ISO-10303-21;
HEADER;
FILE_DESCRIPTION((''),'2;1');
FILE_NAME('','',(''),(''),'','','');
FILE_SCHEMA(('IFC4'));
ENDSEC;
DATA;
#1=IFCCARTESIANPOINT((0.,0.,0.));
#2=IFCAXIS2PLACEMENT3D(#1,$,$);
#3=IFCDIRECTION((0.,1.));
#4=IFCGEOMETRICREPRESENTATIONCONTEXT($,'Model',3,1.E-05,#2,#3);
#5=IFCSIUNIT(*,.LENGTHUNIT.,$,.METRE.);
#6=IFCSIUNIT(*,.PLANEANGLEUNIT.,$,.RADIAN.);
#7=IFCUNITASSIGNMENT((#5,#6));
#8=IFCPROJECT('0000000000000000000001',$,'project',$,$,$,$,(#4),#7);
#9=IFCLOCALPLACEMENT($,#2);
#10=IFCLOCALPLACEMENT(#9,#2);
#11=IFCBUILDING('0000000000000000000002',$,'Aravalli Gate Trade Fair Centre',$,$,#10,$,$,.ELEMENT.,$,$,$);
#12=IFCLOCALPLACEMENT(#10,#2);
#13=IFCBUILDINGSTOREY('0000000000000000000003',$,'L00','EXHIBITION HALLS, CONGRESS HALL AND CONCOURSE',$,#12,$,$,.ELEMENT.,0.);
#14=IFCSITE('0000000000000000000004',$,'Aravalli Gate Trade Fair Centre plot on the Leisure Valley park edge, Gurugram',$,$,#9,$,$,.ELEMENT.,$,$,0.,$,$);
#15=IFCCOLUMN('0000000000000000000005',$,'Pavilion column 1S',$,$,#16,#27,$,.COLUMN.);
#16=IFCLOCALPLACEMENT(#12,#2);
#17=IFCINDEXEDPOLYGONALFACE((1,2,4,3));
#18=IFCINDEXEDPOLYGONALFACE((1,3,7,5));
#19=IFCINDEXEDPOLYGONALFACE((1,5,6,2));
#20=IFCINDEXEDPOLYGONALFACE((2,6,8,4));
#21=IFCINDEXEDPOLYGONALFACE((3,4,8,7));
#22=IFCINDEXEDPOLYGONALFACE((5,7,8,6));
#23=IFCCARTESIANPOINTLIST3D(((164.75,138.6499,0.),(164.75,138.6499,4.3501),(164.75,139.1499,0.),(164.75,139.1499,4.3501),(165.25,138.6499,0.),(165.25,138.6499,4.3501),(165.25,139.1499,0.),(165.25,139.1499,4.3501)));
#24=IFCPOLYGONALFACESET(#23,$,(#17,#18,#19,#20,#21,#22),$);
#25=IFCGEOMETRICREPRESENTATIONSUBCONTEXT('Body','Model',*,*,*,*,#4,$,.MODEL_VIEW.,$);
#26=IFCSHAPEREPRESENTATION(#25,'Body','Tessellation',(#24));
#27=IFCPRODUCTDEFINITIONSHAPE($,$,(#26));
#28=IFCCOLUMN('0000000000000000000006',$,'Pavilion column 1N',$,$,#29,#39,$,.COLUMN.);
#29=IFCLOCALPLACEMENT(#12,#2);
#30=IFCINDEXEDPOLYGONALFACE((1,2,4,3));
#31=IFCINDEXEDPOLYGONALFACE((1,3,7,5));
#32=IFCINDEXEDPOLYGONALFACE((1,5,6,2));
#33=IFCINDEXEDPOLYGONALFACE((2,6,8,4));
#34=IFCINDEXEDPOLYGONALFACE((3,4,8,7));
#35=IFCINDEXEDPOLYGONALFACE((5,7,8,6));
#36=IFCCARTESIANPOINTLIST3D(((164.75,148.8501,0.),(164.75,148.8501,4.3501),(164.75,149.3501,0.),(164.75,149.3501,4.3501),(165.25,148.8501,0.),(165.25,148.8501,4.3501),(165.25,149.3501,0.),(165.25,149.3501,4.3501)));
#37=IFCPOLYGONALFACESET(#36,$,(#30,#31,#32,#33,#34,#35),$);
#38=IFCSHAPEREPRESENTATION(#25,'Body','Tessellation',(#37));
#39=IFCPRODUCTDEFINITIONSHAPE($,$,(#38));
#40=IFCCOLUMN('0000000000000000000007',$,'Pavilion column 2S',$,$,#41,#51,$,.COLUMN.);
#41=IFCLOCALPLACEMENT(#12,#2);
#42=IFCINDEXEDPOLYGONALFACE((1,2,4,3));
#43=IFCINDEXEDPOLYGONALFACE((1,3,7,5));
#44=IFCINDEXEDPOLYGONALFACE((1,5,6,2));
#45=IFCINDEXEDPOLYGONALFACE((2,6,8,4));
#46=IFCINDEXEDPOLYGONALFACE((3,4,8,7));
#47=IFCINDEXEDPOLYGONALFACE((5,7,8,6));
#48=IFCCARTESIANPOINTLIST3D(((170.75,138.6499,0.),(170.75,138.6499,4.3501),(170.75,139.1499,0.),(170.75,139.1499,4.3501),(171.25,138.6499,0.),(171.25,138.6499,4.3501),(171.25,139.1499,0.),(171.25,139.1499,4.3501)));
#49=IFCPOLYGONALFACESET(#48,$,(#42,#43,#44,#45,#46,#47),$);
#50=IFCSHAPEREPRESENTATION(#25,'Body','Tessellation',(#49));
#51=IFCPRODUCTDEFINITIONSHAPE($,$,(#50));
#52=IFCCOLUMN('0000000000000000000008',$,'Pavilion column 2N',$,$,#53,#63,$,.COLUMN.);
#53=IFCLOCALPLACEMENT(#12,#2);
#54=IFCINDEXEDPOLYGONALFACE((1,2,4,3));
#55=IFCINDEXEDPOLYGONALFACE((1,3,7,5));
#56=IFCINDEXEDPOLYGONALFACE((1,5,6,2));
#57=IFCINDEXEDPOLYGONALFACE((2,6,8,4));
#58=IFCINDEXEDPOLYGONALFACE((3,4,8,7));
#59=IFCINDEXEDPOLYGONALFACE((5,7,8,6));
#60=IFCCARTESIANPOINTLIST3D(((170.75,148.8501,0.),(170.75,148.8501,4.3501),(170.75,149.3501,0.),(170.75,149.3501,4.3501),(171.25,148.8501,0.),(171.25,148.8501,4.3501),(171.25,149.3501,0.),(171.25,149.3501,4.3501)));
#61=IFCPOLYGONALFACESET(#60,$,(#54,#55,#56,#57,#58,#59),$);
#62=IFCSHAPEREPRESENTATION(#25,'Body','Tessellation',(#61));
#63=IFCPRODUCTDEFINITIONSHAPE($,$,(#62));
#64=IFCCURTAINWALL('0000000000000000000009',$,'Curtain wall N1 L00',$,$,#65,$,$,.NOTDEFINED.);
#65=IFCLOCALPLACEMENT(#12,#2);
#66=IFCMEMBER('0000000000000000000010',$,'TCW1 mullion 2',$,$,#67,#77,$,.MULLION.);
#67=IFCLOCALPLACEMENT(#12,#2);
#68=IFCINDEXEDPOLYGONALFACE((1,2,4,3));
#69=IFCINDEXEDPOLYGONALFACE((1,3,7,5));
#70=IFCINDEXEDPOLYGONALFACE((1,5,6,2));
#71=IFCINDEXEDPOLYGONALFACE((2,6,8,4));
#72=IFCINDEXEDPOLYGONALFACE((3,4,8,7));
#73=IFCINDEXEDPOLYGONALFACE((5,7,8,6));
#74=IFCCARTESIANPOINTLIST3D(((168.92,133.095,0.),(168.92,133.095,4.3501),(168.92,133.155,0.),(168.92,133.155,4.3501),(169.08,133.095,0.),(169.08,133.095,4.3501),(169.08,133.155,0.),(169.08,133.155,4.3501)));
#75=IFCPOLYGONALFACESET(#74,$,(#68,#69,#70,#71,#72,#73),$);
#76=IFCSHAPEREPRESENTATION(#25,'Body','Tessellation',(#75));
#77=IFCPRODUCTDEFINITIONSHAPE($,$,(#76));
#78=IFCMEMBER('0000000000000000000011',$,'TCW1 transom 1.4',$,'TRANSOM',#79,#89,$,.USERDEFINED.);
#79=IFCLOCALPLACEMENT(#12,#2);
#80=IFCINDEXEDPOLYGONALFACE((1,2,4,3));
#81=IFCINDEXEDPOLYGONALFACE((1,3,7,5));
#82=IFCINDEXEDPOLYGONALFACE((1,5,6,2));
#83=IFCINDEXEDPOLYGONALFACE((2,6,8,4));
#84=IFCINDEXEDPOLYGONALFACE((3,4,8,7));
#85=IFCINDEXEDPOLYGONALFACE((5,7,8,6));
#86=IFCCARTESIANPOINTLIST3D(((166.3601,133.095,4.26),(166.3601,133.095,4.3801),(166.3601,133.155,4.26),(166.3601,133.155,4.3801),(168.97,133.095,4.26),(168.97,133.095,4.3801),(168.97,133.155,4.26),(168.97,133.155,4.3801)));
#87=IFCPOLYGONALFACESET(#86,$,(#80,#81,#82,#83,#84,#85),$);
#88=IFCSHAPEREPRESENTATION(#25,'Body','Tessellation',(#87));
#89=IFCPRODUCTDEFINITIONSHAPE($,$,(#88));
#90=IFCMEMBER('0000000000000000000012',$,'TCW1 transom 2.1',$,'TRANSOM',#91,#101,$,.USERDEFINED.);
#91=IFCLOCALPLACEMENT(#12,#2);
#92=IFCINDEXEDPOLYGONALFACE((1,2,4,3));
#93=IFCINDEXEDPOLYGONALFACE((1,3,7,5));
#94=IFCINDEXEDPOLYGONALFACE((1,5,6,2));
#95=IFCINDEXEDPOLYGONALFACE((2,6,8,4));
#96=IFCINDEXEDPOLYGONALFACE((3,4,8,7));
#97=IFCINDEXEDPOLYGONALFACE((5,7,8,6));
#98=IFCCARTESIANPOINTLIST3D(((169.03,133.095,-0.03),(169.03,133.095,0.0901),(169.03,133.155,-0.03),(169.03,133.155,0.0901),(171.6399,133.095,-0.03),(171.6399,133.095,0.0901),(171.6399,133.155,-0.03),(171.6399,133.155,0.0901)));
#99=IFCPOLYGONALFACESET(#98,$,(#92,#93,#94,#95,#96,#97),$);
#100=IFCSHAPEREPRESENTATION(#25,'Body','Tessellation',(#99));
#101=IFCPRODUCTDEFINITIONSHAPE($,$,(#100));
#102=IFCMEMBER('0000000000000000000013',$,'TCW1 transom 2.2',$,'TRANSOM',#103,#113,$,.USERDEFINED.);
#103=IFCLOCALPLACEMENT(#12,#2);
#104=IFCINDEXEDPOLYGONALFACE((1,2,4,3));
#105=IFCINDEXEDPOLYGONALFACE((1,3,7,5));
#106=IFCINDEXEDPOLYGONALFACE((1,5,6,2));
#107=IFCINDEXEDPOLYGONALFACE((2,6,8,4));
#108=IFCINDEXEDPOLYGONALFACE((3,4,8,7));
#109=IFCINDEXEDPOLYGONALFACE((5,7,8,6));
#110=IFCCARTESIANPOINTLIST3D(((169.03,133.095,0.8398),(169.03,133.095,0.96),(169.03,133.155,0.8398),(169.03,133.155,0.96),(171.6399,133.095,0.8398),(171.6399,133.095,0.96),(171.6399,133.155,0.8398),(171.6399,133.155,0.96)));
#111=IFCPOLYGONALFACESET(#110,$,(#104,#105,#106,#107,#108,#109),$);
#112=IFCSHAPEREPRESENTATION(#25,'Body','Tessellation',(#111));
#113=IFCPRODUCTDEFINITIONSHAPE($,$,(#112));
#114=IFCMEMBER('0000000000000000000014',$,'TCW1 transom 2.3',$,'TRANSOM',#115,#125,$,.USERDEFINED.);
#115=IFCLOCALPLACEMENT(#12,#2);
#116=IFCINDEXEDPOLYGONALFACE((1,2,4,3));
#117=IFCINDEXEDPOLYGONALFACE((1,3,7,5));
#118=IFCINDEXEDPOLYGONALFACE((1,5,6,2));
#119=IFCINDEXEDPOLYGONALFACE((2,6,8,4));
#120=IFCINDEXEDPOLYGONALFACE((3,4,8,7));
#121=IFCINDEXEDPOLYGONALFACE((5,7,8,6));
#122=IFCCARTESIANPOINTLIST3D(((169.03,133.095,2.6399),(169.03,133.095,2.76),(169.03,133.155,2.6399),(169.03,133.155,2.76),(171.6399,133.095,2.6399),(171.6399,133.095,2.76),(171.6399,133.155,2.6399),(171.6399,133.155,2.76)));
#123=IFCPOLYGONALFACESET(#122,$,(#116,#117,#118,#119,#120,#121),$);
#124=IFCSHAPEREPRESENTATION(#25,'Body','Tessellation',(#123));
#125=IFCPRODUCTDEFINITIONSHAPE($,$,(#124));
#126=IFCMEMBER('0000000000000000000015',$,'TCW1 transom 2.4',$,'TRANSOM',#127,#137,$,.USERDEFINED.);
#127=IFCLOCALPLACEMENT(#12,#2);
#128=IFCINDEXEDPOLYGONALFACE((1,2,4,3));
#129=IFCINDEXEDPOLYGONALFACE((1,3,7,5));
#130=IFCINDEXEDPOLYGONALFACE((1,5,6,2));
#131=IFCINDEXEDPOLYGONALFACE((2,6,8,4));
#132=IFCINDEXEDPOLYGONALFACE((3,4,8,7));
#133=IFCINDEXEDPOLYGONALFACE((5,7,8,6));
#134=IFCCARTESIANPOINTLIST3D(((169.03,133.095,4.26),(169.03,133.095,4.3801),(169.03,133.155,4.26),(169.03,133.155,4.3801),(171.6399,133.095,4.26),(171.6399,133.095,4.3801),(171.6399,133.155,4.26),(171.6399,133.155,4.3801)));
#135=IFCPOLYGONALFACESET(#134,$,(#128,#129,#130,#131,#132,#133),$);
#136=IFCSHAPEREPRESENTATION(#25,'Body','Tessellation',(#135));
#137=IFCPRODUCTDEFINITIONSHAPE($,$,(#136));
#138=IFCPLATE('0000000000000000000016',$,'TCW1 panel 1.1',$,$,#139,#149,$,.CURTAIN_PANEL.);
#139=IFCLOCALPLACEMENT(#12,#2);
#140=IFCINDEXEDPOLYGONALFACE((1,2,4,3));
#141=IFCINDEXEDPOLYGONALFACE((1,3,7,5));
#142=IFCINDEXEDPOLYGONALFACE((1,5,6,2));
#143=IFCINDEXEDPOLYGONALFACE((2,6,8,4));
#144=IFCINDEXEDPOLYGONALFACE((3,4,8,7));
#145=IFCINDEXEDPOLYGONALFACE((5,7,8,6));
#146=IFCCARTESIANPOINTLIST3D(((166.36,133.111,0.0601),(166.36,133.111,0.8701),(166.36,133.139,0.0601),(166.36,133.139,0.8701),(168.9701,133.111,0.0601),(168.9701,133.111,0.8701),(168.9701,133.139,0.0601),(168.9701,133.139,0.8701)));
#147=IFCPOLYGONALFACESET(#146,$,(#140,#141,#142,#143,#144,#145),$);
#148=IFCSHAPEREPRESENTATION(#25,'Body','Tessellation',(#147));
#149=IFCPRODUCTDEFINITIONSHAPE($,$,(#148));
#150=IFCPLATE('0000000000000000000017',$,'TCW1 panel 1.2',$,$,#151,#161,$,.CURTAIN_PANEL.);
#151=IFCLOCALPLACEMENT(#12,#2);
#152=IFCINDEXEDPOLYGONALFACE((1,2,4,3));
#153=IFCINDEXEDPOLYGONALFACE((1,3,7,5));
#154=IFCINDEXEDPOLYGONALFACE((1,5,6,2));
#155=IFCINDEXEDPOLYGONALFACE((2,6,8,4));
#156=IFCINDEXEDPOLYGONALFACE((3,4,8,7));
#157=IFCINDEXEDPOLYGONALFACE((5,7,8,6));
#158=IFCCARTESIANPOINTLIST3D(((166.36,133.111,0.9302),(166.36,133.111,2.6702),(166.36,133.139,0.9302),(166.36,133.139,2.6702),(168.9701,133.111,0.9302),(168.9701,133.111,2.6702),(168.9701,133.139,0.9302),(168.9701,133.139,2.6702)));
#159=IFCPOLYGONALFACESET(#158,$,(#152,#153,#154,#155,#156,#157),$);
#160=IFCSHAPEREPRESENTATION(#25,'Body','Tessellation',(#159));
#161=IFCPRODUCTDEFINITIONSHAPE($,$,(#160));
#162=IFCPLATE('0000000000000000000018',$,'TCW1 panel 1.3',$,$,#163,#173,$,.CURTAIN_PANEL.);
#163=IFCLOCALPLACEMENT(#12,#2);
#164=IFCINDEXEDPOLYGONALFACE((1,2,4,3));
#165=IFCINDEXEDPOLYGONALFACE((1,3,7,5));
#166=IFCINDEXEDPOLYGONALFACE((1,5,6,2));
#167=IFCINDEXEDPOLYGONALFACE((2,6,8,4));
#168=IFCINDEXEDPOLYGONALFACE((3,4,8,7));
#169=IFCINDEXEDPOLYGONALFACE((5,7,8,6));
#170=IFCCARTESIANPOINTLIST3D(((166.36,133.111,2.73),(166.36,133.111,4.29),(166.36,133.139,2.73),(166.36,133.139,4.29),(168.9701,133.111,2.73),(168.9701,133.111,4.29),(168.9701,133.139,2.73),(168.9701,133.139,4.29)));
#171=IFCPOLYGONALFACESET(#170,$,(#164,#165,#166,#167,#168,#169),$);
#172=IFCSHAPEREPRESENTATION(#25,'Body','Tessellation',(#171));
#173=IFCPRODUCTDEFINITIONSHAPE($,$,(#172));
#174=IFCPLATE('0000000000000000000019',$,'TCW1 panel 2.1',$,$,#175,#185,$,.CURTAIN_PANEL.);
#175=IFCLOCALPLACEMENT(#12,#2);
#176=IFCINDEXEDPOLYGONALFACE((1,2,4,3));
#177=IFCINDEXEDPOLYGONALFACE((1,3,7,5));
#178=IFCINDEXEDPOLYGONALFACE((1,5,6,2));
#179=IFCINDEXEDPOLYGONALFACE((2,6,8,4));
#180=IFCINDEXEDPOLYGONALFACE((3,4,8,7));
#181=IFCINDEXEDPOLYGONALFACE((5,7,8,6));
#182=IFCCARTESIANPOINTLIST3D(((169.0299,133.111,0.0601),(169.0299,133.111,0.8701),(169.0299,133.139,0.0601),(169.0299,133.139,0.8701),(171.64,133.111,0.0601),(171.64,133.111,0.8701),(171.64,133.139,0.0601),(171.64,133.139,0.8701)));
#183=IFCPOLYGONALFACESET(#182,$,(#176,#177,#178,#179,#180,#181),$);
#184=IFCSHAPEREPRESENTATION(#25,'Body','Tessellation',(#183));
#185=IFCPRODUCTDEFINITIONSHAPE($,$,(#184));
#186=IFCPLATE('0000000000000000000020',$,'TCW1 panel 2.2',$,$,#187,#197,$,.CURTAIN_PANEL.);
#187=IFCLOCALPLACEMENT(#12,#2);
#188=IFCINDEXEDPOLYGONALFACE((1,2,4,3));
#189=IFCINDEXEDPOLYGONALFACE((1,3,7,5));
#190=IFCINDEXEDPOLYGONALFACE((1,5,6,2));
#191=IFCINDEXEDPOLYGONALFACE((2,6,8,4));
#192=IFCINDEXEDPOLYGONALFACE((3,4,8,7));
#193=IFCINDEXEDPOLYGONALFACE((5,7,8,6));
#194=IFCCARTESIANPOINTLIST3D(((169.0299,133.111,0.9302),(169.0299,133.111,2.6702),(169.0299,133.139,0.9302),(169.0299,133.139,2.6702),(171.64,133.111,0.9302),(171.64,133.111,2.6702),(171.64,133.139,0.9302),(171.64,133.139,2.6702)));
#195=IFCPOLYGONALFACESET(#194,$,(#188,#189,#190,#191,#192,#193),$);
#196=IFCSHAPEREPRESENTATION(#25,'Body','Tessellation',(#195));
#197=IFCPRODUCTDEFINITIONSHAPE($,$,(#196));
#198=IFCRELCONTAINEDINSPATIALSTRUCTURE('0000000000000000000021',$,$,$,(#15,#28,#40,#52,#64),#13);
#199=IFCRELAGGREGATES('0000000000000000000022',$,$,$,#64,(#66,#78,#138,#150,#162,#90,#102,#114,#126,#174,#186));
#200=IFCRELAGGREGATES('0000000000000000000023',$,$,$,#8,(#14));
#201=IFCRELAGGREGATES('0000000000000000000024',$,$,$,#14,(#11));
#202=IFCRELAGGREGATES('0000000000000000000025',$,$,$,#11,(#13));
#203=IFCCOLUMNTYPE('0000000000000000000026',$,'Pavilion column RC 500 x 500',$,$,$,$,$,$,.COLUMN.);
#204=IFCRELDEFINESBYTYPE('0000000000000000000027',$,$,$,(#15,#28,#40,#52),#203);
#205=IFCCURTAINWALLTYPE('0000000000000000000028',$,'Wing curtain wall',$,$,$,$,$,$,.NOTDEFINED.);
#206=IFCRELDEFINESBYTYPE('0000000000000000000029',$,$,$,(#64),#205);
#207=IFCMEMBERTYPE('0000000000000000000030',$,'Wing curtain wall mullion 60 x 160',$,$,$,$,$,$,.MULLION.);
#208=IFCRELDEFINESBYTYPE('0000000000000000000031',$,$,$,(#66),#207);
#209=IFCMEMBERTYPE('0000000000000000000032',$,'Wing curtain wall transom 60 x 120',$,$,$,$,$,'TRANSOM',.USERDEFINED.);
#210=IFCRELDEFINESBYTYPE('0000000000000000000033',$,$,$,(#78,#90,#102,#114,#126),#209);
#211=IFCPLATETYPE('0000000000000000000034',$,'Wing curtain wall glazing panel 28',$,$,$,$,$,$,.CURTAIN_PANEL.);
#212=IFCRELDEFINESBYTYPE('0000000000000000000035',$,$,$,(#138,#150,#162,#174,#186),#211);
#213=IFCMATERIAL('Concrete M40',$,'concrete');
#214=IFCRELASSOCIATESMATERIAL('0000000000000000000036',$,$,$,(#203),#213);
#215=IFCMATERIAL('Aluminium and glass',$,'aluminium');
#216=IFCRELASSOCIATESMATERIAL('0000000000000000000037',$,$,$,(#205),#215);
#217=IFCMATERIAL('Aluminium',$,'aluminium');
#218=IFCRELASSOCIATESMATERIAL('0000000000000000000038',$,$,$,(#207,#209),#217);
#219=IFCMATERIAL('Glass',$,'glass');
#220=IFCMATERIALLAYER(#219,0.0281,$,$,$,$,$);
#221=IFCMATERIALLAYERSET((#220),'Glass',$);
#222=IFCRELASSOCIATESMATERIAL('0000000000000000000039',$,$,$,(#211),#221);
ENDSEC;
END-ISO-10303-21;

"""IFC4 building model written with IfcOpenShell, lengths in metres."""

from ifc_helpers import new_model, si_unit, direction, frame, origin, origin_2d, place, context, subcontext, project, spatial, rectangle, extrude, material, layer, layer_set, material_profile, profile_set, type_object, element, aggregate, save


model = new_model("IFC4")

# Units and contexts
model_context = context("Model", 3, precision=1e-05, world=origin(), true_north=direction((0.0, 1.0)))
body_context = subcontext(model_context, "Body", "Model", "MODEL_VIEW")
ifc_project = project(units=[si_unit("LENGTHUNIT", "METRE"), si_unit("PLANEANGLEUNIT", "RADIAN")], contexts=[model_context])

# Site, building, storey
site_placement = place(None, origin())
site = spatial("IfcSite", under=ifc_project, at=site_placement, Name="Aravalli Gate Trade Fair Centre plot on the Leisure Valley park edge, Gurugram", CompositionType="ELEMENT", RefElevation=0.0)
building_placement = place(site_placement, origin())
building = spatial("IfcBuilding", under=site, at=building_placement, Name="Aravalli Gate Trade Fair Centre", CompositionType="ELEMENT")
storey_placement = place(building_placement, origin())
storey = spatial("IfcBuildingStorey", under=building, at=storey_placement, Name="L00", Description="EXHIBITION HALLS, CONGRESS HALL AND CONCOURSE", CompositionType="ELEMENT", Elevation=0.0)

# Columns
ifc_material_1 = material(Name="Concrete M40", Category="concrete")
ifc_material_profile_1 = material_profile(ifc_material_1, rectangle(XDim=0.5, YDim=0.5, at=origin_2d()), Name="Pavilion column RC 500 x 500")
ifc_profile_set_1 = profile_set([ifc_material_profile_1], Name="Concrete M40")
column_type = type_object("IfcColumnType", Name="Pavilion column RC 500 x 500", PredefinedType="COLUMN", material=ifc_profile_set_1)
for number, where, z_axis, x_axis, name in (
    (1, (165.0, 138.8999, 0.0), (0.0, 0.0, 1.0), (1.0, 0.0, 0.0), "Pavilion column 1S"),
    (2, (165.0, 149.1001, 0.0), (0.0, 0.0, 1.0), (1.0, 0.0, 0.0), "Pavilion column 1N"),
    (3, (171.0, 138.8999, 0.0), (0.0, 0.0, 1.0), (1.0, 0.0, 0.0), "Pavilion column 2S"),
    (4, (171.0, 149.1001, 0.0), (0.0, 0.0, 1.0), (1.0, 0.0, 0.0), "Pavilion column 2N"),
):
    element("IfcColumn", number, at=place(storey_placement, frame(where, z_axis=z_axis, x_axis=x_axis)), inside=storey, type_object=column_type, Name=name, PredefinedType="COLUMN", context=body_context, shape_type="SweptSolid", body=[
        extrude(rectangle(XDim=0.5, YDim=0.5, at=origin_2d()), origin(), (0.0, 0.0, 1.0), 4.3501),
    ])

# Curtain wall, members, plates
ifc_material_2 = material(Name="Aluminium and glass", Category="aluminium")
curtain_wall_type = type_object("IfcCurtainWallType", Name="Wing curtain wall", PredefinedType="NOTDEFINED", material=ifc_material_2)
curtain_wall_placement = place(storey_placement, origin())
curtain_wall = element("IfcCurtainWall", 5, at=curtain_wall_placement, inside=storey, type_object=curtain_wall_type, Name="Curtain wall N1 L00", PredefinedType="NOTDEFINED")
ifc_material_3 = material(Name="Aluminium", Category="aluminium")
ifc_material_profile_2 = material_profile(ifc_material_3, rectangle(XDim=0.0601, YDim=0.1599, at=origin_2d()), Name="Wing curtain wall mullion 60 x 160")
ifc_profile_set_2 = profile_set([ifc_material_profile_2], Name="Aluminium")
member_type_1 = type_object("IfcMemberType", Name="Wing curtain wall mullion 60 x 160", PredefinedType="MULLION", material=ifc_profile_set_2)
member_1_placement = place(storey_placement, frame((169.0, 133.125, 0.0), z_axis=(0.0, 0.0, 1.0), x_axis=(0.0, 1.0, 0.0)))
member_1 = element("IfcMember", 6, at=member_1_placement, type_object=member_type_1, Name="TCW1 mullion 2", PredefinedType="MULLION", context=body_context, shape_type="SweptSolid", body=[
    extrude(rectangle(XDim=0.0601, YDim=0.1599, at=origin_2d()), origin(), (0.0, 0.0, 1.0), 4.3501),
])
ifc_material_profile_3 = material_profile(ifc_material_3, rectangle(XDim=0.0601, YDim=0.1201, at=origin_2d()), Name="Wing curtain wall transom 60 x 120")
ifc_profile_set_3 = profile_set([ifc_material_profile_3], Name="Aluminium")
member_type_2 = type_object("IfcMemberType", Name="Wing curtain wall transom 60 x 120", ElementType="TRANSOM", PredefinedType="USERDEFINED", material=ifc_profile_set_3)
member_2_placement = place(storey_placement, frame((166.3601, 133.125, 4.3201), z_axis=(1.0, 0.0, 0.0), x_axis=(0.0, 1.0, 0.0)))
member_2 = element("IfcMember", 7, at=member_2_placement, type_object=member_type_2, Name="TCW1 transom 1.4", ObjectType="TRANSOM", PredefinedType="USERDEFINED", context=body_context, shape_type="SweptSolid", body=[
    extrude(rectangle(XDim=0.0601, YDim=0.1201, at=origin_2d()), origin(), (0.0, 0.0, 1.0), 2.6099),
])
member_3_placement = place(storey_placement, frame((169.03, 133.125, 0.03), z_axis=(1.0, 0.0, 0.0), x_axis=(0.0, 1.0, 0.0)))
member_3 = element("IfcMember", 8, at=member_3_placement, type_object=member_type_2, Name="TCW1 transom 2.1", ObjectType="TRANSOM", PredefinedType="USERDEFINED", context=body_context, shape_type="SweptSolid", body=[
    extrude(rectangle(XDim=0.0601, YDim=0.1201, at=origin_2d()), origin(), (0.0, 0.0, 1.0), 2.6099),
])
member_4_placement = place(storey_placement, frame((169.03, 133.125, 0.8999), z_axis=(1.0, 0.0, 0.0), x_axis=(0.0, 1.0, 0.0)))
member_4 = element("IfcMember", 9, at=member_4_placement, type_object=member_type_2, Name="TCW1 transom 2.2", ObjectType="TRANSOM", PredefinedType="USERDEFINED", context=body_context, shape_type="SweptSolid", body=[
    extrude(rectangle(XDim=0.0601, YDim=0.1201, at=origin_2d()), origin(), (0.0, 0.0, 1.0), 2.6099),
])
member_5_placement = place(storey_placement, frame((169.03, 133.125, 2.7), z_axis=(1.0, 0.0, 0.0), x_axis=(0.0, 1.0, 0.0)))
member_5 = element("IfcMember", 10, at=member_5_placement, type_object=member_type_2, Name="TCW1 transom 2.3", ObjectType="TRANSOM", PredefinedType="USERDEFINED", context=body_context, shape_type="SweptSolid", body=[
    extrude(rectangle(XDim=0.0601, YDim=0.1201, at=origin_2d()), origin(), (0.0, 0.0, 1.0), 2.6099),
])
member_6_placement = place(storey_placement, frame((169.03, 133.125, 4.3201), z_axis=(1.0, 0.0, 0.0), x_axis=(0.0, 1.0, 0.0)))
member_6 = element("IfcMember", 11, at=member_6_placement, type_object=member_type_2, Name="TCW1 transom 2.4", ObjectType="TRANSOM", PredefinedType="USERDEFINED", context=body_context, shape_type="SweptSolid", body=[
    extrude(rectangle(XDim=0.0601, YDim=0.1201, at=origin_2d()), origin(), (0.0, 0.0, 1.0), 2.6099),
])
ifc_material_4 = material(Name="Glass", Category="glass")
ifc_layer_1 = layer(ifc_material_4, 0.0281)
ifc_layer_set_1 = layer_set([ifc_layer_1], Name="Glass")
plate_type = type_object("IfcPlateType", Name="Wing curtain wall glazing panel 28", PredefinedType="CURTAIN_PANEL", material=ifc_layer_set_1)
plate_1_placement = place(storey_placement, frame((167.665, 133.125, 0.0601), z_axis=(0.0, 0.0, 1.0), x_axis=(1.0, 0.0, 0.0)))
plate_1 = element("IfcPlate", 12, at=plate_1_placement, type_object=plate_type, Name="TCW1 panel 1.1", PredefinedType="CURTAIN_PANEL", context=body_context, shape_type="SweptSolid", body=[
    extrude(rectangle(XDim=2.6101, YDim=0.0281, at=origin_2d()), origin(), (0.0, 0.0, 1.0), 0.8101),
])
plate_2_placement = place(storey_placement, frame((167.665, 133.125, 0.9302), z_axis=(0.0, 0.0, 1.0), x_axis=(1.0, 0.0, 0.0)))
plate_2 = element("IfcPlate", 13, at=plate_2_placement, type_object=plate_type, Name="TCW1 panel 1.2", PredefinedType="CURTAIN_PANEL", context=body_context, shape_type="SweptSolid", body=[
    extrude(rectangle(XDim=2.6101, YDim=0.0281, at=origin_2d()), origin(), (0.0, 0.0, 1.0), 1.74),
])
plate_3_placement = place(storey_placement, frame((167.665, 133.125, 2.73), z_axis=(0.0, 0.0, 1.0), x_axis=(1.0, 0.0, 0.0)))
plate_3 = element("IfcPlate", 14, at=plate_3_placement, type_object=plate_type, Name="TCW1 panel 1.3", PredefinedType="CURTAIN_PANEL", context=body_context, shape_type="SweptSolid", body=[
    extrude(rectangle(XDim=2.6101, YDim=0.0281, at=origin_2d()), origin(), (0.0, 0.0, 1.0), 1.5601),
])
plate_4_placement = place(storey_placement, frame((170.335, 133.125, 0.0601), z_axis=(0.0, 0.0, 1.0), x_axis=(1.0, 0.0, 0.0)))
plate_4 = element("IfcPlate", 15, at=plate_4_placement, type_object=plate_type, Name="TCW1 panel 2.1", PredefinedType="CURTAIN_PANEL", context=body_context, shape_type="SweptSolid", body=[
    extrude(rectangle(XDim=2.6101, YDim=0.0281, at=origin_2d()), origin(), (0.0, 0.0, 1.0), 0.8101),
])
plate_5_placement = place(storey_placement, frame((170.335, 133.125, 0.9302), z_axis=(0.0, 0.0, 1.0), x_axis=(1.0, 0.0, 0.0)))
plate_5 = element("IfcPlate", 16, at=plate_5_placement, type_object=plate_type, Name="TCW1 panel 2.2", PredefinedType="CURTAIN_PANEL", context=body_context, shape_type="SweptSolid", body=[
    extrude(rectangle(XDim=2.6101, YDim=0.0281, at=origin_2d()), origin(), (0.0, 0.0, 1.0), 1.74),
])
aggregate(curtain_wall, [member_1, member_2, plate_1, plate_2, plate_3, member_3, member_4, member_5, member_6, plate_4, plate_5])

save(model, "model.ifc")
